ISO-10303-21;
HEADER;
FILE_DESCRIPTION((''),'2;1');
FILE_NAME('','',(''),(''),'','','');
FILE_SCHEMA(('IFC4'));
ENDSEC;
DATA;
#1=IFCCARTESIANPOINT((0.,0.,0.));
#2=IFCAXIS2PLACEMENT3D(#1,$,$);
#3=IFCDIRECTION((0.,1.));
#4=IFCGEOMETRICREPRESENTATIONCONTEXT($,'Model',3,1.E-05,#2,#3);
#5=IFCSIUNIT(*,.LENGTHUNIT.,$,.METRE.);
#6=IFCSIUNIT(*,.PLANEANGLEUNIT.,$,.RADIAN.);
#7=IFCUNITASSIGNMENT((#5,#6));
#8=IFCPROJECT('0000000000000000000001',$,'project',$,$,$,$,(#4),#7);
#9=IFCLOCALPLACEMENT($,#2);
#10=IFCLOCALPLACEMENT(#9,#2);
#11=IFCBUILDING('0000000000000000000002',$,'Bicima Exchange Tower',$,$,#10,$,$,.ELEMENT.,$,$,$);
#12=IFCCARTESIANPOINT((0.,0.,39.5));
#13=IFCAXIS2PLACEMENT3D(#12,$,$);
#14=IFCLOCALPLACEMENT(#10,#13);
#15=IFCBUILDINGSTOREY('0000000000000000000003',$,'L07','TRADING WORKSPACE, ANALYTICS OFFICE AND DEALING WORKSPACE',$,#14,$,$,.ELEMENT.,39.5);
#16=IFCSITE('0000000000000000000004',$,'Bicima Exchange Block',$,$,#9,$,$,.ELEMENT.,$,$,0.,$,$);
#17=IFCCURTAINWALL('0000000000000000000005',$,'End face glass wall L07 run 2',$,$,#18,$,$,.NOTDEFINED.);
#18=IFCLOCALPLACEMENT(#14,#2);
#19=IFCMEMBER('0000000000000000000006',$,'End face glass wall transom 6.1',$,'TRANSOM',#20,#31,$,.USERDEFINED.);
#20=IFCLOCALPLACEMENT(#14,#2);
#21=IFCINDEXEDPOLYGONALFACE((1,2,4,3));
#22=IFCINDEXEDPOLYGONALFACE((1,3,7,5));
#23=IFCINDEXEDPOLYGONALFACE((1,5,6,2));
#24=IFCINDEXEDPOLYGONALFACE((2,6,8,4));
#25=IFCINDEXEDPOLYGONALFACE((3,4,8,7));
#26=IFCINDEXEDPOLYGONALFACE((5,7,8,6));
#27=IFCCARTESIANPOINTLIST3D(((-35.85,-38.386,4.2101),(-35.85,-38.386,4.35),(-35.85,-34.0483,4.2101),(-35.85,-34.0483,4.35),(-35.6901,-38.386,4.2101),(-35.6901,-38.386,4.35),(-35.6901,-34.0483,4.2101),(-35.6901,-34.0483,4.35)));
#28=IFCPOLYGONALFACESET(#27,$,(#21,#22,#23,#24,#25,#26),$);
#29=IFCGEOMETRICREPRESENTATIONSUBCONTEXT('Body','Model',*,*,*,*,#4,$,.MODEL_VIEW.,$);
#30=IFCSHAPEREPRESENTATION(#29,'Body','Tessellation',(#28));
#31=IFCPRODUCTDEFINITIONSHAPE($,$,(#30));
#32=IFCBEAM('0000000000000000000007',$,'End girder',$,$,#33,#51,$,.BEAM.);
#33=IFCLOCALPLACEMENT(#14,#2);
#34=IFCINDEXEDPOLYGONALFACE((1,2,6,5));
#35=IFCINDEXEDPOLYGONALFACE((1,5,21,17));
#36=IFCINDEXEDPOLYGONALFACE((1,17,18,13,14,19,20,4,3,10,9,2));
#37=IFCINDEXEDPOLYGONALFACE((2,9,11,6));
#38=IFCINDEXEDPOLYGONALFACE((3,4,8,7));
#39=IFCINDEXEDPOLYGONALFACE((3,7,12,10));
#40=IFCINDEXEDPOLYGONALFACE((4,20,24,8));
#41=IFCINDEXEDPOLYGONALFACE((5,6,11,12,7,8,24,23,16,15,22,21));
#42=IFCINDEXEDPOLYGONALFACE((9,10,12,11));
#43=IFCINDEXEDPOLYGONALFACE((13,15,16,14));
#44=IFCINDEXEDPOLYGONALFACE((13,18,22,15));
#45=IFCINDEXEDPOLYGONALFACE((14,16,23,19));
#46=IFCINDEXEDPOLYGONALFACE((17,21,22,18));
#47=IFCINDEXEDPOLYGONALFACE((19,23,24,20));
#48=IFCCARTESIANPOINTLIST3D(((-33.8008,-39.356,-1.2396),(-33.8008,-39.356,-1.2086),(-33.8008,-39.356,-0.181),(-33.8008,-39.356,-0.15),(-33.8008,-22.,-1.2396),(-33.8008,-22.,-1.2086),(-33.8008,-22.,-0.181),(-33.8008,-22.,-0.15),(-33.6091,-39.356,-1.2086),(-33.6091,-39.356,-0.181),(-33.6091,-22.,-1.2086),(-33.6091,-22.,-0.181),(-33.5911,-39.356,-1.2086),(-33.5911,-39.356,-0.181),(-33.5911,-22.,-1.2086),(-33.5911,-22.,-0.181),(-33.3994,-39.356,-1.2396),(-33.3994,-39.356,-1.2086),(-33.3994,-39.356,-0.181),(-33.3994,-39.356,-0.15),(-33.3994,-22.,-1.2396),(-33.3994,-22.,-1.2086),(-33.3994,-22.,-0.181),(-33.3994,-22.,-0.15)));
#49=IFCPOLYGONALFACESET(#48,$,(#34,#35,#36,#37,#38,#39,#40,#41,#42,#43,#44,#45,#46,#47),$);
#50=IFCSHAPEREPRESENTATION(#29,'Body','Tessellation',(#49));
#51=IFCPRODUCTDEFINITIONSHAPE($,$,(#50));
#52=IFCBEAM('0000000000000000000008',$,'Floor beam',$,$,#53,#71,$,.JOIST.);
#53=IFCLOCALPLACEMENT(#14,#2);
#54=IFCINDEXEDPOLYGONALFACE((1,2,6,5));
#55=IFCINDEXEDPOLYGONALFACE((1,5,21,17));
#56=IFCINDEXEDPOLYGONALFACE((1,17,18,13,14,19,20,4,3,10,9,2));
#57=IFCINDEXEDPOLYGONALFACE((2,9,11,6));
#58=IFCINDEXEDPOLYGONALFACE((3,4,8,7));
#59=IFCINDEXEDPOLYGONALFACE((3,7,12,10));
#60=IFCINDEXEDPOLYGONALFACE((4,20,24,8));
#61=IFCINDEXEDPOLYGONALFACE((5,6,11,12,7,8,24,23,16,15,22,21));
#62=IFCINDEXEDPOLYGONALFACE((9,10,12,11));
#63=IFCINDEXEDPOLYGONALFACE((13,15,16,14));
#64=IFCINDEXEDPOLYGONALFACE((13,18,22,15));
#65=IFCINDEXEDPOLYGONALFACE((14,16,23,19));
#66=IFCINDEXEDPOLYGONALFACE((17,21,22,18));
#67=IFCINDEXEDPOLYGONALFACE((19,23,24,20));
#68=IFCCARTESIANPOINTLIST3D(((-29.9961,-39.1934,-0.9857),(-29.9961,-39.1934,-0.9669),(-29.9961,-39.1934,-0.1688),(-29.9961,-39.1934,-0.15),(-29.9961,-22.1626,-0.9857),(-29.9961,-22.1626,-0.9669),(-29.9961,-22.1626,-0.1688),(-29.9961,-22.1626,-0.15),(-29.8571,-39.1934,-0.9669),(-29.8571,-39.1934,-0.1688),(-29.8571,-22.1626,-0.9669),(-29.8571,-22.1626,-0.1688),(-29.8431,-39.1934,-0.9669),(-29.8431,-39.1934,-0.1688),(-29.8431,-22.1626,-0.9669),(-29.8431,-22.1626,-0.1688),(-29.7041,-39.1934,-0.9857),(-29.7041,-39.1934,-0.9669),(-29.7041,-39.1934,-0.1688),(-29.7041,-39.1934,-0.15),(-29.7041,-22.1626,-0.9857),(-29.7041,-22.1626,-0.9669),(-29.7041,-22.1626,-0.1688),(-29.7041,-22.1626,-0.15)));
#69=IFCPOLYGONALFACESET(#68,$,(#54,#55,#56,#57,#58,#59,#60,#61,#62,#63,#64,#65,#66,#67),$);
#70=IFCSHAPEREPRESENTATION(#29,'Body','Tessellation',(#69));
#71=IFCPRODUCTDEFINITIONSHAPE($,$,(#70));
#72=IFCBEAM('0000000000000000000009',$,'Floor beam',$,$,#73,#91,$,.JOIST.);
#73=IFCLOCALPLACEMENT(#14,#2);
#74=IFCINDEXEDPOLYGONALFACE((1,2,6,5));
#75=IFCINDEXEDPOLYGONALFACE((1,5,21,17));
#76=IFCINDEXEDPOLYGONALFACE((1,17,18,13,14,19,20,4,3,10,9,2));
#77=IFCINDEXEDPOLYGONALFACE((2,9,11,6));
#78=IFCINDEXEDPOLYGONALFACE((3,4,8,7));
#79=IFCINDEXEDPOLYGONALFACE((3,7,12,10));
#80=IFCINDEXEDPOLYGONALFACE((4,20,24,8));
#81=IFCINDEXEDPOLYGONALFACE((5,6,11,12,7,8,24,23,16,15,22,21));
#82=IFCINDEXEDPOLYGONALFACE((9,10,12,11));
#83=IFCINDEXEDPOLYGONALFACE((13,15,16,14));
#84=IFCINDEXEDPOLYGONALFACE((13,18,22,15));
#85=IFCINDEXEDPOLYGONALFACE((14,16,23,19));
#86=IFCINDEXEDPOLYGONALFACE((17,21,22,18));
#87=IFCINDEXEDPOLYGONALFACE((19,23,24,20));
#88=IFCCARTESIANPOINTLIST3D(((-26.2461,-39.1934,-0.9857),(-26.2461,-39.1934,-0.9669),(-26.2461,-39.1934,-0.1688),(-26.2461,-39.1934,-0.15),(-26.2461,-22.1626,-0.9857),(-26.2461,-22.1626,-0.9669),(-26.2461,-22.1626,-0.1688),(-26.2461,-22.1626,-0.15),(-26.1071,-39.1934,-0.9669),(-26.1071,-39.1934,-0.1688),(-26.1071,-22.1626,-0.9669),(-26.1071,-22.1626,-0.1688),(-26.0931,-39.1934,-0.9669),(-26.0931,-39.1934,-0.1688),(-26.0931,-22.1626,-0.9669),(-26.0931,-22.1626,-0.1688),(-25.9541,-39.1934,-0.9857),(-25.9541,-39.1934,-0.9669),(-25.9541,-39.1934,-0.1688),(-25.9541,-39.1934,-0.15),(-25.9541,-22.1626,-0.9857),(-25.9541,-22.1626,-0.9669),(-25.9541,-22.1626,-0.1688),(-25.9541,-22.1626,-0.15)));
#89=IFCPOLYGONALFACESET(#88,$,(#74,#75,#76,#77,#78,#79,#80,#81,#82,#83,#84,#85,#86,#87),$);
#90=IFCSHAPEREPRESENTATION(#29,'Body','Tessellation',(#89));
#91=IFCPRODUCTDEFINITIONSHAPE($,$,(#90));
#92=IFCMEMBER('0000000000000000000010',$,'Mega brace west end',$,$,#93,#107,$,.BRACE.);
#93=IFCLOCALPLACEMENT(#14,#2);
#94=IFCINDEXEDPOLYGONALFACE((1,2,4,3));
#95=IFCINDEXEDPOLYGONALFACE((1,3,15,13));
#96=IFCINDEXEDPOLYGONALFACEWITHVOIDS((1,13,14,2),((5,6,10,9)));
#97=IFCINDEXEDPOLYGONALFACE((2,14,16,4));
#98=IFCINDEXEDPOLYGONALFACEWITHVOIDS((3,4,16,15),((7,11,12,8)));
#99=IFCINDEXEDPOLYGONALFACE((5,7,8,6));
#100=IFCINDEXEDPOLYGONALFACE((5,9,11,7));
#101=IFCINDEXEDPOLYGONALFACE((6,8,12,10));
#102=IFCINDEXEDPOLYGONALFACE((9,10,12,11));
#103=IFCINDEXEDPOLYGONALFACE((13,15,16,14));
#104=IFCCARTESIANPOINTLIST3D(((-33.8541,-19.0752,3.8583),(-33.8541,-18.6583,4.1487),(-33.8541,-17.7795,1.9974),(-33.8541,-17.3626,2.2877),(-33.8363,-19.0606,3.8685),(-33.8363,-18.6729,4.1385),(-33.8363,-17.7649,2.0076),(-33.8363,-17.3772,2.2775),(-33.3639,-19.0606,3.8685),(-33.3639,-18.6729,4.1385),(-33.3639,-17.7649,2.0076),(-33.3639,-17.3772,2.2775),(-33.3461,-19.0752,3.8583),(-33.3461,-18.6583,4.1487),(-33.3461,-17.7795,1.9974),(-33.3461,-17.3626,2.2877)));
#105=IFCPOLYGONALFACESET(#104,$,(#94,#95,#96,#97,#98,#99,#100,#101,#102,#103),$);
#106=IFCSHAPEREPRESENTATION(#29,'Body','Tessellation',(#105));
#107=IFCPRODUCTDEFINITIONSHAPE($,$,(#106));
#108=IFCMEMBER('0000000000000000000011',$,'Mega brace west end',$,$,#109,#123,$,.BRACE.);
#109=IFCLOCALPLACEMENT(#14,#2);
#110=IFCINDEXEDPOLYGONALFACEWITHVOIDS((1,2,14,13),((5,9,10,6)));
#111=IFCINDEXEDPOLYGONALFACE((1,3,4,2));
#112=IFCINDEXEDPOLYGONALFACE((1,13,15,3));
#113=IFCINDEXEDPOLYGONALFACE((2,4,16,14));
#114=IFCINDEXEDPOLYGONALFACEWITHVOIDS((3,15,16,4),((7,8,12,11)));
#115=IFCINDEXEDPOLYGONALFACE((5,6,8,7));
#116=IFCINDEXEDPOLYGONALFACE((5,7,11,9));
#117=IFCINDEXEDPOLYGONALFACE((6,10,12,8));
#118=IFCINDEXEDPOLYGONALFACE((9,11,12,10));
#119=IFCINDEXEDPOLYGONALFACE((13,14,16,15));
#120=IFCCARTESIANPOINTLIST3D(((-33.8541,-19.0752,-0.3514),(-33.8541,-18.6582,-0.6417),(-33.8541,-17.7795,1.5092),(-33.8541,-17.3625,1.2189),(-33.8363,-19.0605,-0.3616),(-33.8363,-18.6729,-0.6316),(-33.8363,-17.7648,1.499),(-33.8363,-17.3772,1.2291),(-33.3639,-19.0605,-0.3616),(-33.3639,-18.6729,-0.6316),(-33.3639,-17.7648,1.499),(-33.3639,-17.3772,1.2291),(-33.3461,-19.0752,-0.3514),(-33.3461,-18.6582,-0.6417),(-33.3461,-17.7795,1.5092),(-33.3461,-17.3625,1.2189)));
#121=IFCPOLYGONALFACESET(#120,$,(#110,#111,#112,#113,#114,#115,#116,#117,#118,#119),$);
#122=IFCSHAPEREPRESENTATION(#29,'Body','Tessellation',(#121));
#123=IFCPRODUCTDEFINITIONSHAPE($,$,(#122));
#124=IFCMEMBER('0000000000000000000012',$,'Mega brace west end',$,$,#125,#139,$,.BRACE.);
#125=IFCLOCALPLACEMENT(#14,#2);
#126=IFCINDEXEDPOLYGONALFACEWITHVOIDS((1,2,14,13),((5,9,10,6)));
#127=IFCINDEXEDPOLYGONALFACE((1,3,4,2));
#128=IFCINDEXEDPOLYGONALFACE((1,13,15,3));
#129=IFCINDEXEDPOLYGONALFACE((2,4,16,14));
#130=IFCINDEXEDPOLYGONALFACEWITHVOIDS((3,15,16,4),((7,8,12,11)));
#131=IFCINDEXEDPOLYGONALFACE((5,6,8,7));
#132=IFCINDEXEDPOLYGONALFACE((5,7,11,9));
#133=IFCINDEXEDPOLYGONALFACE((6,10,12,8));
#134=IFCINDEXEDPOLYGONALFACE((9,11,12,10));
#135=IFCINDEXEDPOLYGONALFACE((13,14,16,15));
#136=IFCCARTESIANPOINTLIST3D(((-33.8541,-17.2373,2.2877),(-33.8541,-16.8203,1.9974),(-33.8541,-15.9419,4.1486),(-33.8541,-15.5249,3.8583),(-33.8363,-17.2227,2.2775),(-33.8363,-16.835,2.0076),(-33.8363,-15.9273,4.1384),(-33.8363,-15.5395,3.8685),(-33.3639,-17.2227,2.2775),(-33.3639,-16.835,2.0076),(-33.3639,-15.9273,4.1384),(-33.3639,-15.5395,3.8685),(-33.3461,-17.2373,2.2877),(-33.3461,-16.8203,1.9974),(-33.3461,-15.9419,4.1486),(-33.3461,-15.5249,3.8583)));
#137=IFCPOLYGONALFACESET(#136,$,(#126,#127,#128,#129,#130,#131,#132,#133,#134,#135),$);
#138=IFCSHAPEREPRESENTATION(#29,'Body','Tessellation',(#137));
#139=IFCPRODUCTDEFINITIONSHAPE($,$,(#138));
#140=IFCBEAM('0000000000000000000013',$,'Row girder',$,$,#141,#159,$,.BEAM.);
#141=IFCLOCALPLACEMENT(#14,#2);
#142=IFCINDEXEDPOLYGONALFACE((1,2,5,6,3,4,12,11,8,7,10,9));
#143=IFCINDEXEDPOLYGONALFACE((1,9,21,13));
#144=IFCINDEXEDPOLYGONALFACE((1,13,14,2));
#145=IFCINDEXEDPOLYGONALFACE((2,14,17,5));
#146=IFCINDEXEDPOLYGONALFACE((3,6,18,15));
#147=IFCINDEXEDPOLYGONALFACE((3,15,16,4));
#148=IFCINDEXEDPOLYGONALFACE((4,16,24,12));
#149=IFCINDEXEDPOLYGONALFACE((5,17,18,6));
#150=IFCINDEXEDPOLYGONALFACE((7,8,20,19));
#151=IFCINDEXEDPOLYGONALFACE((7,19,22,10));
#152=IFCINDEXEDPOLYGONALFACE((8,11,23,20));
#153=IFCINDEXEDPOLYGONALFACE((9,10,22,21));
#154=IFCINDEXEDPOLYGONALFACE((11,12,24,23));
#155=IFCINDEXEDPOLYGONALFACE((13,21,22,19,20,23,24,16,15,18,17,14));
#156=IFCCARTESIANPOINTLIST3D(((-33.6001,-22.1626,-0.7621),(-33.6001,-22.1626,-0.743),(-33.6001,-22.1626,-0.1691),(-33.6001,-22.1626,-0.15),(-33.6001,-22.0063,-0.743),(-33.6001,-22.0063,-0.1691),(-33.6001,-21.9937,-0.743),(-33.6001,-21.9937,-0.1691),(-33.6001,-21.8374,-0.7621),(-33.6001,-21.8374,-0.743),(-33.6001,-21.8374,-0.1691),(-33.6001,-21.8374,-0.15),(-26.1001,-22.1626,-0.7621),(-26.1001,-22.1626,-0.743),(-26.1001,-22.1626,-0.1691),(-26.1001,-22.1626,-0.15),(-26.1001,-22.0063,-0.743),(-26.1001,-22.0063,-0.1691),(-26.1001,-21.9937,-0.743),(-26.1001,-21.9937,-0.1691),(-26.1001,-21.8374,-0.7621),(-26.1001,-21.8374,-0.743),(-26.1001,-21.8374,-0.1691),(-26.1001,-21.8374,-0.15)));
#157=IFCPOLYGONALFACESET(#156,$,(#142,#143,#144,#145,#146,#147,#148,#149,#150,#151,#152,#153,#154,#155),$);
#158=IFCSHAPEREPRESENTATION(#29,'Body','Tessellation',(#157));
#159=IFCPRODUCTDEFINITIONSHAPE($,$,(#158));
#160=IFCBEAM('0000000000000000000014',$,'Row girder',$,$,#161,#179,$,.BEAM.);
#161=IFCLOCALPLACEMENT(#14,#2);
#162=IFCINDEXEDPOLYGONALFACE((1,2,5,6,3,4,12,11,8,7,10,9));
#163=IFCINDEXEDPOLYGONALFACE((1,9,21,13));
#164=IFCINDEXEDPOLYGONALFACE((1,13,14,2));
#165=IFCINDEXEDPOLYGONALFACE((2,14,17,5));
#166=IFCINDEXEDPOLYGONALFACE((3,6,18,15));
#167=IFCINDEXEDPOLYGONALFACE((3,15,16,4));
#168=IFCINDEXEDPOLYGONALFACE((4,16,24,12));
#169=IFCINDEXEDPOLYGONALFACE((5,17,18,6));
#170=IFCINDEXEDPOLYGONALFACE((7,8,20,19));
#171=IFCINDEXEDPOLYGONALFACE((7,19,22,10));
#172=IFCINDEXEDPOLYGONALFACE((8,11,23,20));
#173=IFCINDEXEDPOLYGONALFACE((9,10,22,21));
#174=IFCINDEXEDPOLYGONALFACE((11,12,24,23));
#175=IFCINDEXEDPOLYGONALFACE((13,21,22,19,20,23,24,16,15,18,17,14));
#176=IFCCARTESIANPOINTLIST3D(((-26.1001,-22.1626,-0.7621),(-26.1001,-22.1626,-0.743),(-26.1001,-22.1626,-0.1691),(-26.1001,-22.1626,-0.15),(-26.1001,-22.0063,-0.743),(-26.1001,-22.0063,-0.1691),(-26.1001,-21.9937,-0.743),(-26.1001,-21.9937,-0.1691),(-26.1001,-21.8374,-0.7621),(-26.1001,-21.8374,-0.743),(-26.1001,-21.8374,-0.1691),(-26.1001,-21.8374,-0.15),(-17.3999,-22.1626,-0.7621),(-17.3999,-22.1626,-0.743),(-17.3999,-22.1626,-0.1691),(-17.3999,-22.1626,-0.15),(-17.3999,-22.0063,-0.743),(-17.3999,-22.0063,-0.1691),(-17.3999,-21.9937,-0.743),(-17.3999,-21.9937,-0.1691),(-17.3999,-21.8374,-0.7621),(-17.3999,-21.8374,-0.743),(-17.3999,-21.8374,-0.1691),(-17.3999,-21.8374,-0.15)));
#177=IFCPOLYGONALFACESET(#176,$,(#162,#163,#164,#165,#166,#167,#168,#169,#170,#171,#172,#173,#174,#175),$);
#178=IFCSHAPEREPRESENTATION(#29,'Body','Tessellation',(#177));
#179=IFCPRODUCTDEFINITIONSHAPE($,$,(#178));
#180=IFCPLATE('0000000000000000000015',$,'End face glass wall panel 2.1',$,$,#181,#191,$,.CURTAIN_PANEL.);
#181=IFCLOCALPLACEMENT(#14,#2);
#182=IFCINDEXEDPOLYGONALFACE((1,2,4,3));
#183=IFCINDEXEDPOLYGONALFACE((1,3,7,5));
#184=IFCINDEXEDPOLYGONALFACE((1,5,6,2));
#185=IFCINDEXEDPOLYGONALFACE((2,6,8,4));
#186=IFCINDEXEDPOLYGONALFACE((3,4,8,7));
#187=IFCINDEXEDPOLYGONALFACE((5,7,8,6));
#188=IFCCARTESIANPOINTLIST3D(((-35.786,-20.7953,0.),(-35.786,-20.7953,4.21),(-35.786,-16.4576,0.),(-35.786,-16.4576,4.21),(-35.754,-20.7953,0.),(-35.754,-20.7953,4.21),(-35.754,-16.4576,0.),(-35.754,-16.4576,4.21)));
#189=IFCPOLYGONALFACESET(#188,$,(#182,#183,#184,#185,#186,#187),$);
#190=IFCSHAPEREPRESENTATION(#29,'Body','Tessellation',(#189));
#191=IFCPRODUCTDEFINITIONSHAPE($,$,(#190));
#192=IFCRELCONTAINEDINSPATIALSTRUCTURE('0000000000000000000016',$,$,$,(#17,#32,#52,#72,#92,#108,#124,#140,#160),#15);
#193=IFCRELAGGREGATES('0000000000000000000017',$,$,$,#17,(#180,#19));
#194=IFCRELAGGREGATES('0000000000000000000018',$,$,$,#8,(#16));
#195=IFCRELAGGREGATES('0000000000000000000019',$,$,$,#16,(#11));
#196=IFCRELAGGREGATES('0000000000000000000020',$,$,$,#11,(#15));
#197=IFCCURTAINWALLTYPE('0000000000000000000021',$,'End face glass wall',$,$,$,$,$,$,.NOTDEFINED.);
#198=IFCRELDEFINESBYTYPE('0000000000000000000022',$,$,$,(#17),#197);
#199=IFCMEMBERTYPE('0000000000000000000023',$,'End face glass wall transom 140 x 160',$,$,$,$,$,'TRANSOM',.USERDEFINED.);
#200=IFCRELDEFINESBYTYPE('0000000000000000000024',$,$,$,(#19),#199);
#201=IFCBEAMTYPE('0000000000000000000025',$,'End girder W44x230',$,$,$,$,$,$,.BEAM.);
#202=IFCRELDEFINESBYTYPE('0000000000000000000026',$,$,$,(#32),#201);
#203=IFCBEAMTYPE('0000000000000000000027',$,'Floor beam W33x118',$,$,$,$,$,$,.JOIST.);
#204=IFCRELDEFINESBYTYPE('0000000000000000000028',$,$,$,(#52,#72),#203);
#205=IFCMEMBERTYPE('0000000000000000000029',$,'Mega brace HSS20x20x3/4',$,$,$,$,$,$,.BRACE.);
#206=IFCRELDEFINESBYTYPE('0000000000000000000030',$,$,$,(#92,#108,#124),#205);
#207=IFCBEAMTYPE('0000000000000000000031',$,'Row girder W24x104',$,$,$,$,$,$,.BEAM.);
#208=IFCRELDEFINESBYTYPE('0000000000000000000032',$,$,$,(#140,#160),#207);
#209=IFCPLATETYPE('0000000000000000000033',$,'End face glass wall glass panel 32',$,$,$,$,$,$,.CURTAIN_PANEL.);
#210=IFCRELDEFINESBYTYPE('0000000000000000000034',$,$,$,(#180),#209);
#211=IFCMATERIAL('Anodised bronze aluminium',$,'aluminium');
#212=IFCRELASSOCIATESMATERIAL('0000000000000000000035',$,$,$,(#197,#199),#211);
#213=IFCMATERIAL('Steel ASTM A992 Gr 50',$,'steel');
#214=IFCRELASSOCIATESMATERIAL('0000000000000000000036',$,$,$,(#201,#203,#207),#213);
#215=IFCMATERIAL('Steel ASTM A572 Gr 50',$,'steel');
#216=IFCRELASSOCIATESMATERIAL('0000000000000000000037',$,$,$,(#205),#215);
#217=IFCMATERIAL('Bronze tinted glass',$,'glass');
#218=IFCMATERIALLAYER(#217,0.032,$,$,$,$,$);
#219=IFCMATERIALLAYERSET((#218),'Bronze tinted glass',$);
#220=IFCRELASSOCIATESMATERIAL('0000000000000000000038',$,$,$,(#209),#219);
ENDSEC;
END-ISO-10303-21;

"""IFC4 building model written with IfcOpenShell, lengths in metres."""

from ifc_helpers import new_model, si_unit, direction, frame, origin, origin_2d, place, context, subcontext, project, spatial, rectangle, hollow_rectangle, i_section, extrude, material, layer, layer_set, material_profile, profile_set, type_object, element, aggregate, save


model = new_model("IFC4")

# Units and contexts
model_context = context("Model", 3, precision=1e-05, world=origin(), true_north=direction((0.0, 1.0)))
body_context = subcontext(model_context, "Body", "Model", "MODEL_VIEW")
ifc_project = project(units=[si_unit("LENGTHUNIT", "METRE"), si_unit("PLANEANGLEUNIT", "RADIAN")], contexts=[model_context])

# Site, building, storey
site_placement = place(None, origin())
site = spatial("IfcSite", under=ifc_project, at=site_placement, Name="Bicima Exchange Block", CompositionType="ELEMENT", RefElevation=0.0)
building_placement = place(site_placement, origin())
building = spatial("IfcBuilding", under=site, at=building_placement, Name="Bicima Exchange Tower", CompositionType="ELEMENT")
storey_placement = place(building_placement, frame((0.0, 0.0, 39.5)))
storey = spatial("IfcBuildingStorey", under=building, at=storey_placement, Name="L07", Description="TRADING WORKSPACE, ANALYTICS OFFICE AND DEALING WORKSPACE", CompositionType="ELEMENT", Elevation=39.5)

# Shared definitions
ifc_material_1 = material(Name="Steel ASTM A992 Gr 50", Category="steel")

# Shared definitions
ifc_material_2 = material(Name="Steel ASTM A572 Gr 50", Category="steel")

# Curtain wall, member
ifc_material_3 = material(Name="Anodised bronze aluminium", Category="aluminium")
curtain_wall_type = type_object("IfcCurtainWallType", Name="End face glass wall", PredefinedType="NOTDEFINED", material=ifc_material_3)
curtain_wall_placement = place(storey_placement, origin())
curtain_wall = element("IfcCurtainWall", 1, at=curtain_wall_placement, inside=storey, type_object=curtain_wall_type, Name="End face glass wall L07 run 2", PredefinedType="NOTDEFINED")
ifc_material_profile_1 = material_profile(ifc_material_3, rectangle(XDim=0.1599, YDim=0.1399, at=origin_2d()))
ifc_profile_set_1 = profile_set([ifc_material_profile_1], Name="Anodised bronze aluminium")
member_type_1 = type_object("IfcMemberType", Name="End face glass wall transom 140 x 160", ElementType="TRANSOM", PredefinedType="USERDEFINED", material=ifc_profile_set_1)
member_1_placement = place(storey_placement, frame((-35.77, -34.0483, 4.28), z_axis=(0.0, -1.0, 0.0), x_axis=(1.0, 0.0, 0.0)))
member_1 = element("IfcMember", 2, at=member_1_placement, type_object=member_type_1, Name="End face glass wall transom 6.1", ObjectType="TRANSOM", PredefinedType="USERDEFINED", context=body_context, shape_type="SweptSolid", body=[
    extrude(rectangle(XDim=0.1599, YDim=0.1399, at=origin_2d()), origin(), (0.0, 0.0, 1.0), 4.3376),
])

# Beams
ifc_material_profile_2 = material_profile(ifc_material_1, i_section(OverallWidth=0.4014, OverallDepth=1.0896, WebThickness=0.0181, FlangeThickness=0.031, at=origin_2d()))
ifc_profile_set_2 = profile_set([ifc_material_profile_2], Name="Steel ASTM A992 Gr 50")
beam_type_1 = type_object("IfcBeamType", Name="End girder W44x230", PredefinedType="BEAM", material=ifc_profile_set_2)
beam_1_placement = place(storey_placement, frame((-33.6001, -22.0, -0.6948), z_axis=(0.0, -1.0, 0.0), x_axis=(1.0, 0.0, 0.0)))
element("IfcBeam", 3, at=beam_1_placement, inside=storey, type_object=beam_type_1, Name="End girder", PredefinedType="BEAM", context=body_context, shape_type="SweptSolid", body=[
    extrude(i_section(OverallWidth=0.4014, OverallDepth=1.0896, WebThickness=0.0181, FlangeThickness=0.031, at=origin_2d()), origin(), (0.0, 0.0, 1.0), 17.356),
])
ifc_material_profile_3 = material_profile(ifc_material_1, i_section(OverallWidth=0.292, OverallDepth=0.8357, WebThickness=0.0139, FlangeThickness=0.0188, at=origin_2d()))
ifc_profile_set_3 = profile_set([ifc_material_profile_3], Name="Steel ASTM A992 Gr 50")
beam_type_2 = type_object("IfcBeamType", Name="Floor beam W33x118", PredefinedType="JOIST", material=ifc_profile_set_3)
for number, where, z_axis, x_axis, name in (
    (4, (-29.8501, -22.1626, -0.5679), (0.0, -1.0, 0.0), (1.0, 0.0, 0.0), "Floor beam"),
    (5, (-26.1001, -22.1626, -0.5679), (0.0, -1.0, 0.0), (1.0, 0.0, 0.0), "Floor beam"),
):
    element("IfcBeam", number, at=place(storey_placement, frame(where, z_axis=z_axis, x_axis=x_axis)), inside=storey, type_object=beam_type_2, Name=name, PredefinedType="JOIST", context=body_context, shape_type="SweptSolid", body=[
        extrude(i_section(OverallWidth=0.292, OverallDepth=0.8357, WebThickness=0.0139, FlangeThickness=0.0188, at=origin_2d()), origin(), (0.0, 0.0, 1.0), 17.0308),
    ])

# Members
ifc_material_profile_4 = material_profile(ifc_material_2, hollow_rectangle(XDim=0.5081, YDim=0.5081, WallThickness=0.0178, at=origin_2d()))
ifc_profile_set_4 = profile_set([ifc_material_profile_4], Name="Steel ASTM A572 Gr 50")
member_type_2 = type_object("IfcMemberType", Name="Mega brace HSS20x20x3/4", PredefinedType="BRACE", material=ifc_profile_set_4)
member_2_placement = place(storey_placement, frame((-33.6001, -17.571, 2.1426), z_axis=(0.0, -0.571408, 0.820666), x_axis=(1.0, 0.0, 0.0)))
element("IfcMember", 6, at=member_2_placement, inside=storey, type_object=member_type_2, Name="Mega brace west end", PredefinedType="BRACE", context=body_context, shape_type="SweptSolid", body=[
    extrude(hollow_rectangle(XDim=0.5081, YDim=0.5081, WallThickness=0.0178, at=origin_2d()), origin(), (0.0, 0.0, 1.0), 2.2676),
])
for number, where, z_axis, x_axis, name in (
    (7, (-33.6001, -18.8667, -0.4966), (0.0, 0.571459, 0.820631), (-1.0, 0.0, 0.0), "Mega brace west end"),
    (8, (-33.6001, -17.0288, 2.1426), (0.0, 0.571336, 0.820716), (-1.0, 0.0, 0.0), "Mega brace west end"),
):
    element("IfcMember", number, at=place(storey_placement, frame(where, z_axis=z_axis, x_axis=x_axis)), inside=storey, type_object=member_type_2, Name=name, PredefinedType="BRACE", context=body_context, shape_type="SweptSolid", body=[
        extrude(hollow_rectangle(XDim=0.5081, YDim=0.5081, WallThickness=0.0178, at=origin_2d()), origin(), (0.0, 0.0, 1.0), 2.2673),
    ])

# Beams
ifc_material_profile_5 = material_profile(ifc_material_1, i_section(OverallWidth=0.3252, OverallDepth=0.6121, WebThickness=0.0127, FlangeThickness=0.019, at=origin_2d()))
ifc_profile_set_5 = profile_set([ifc_material_profile_5], Name="Steel ASTM A992 Gr 50")
beam_type_3 = type_object("IfcBeamType", Name="Row girder W24x104", PredefinedType="BEAM", material=ifc_profile_set_5)
beam_2_placement = place(storey_placement, frame((-33.6001, -22.0, -0.4561), z_axis=(1.0, 0.0, 0.0), x_axis=(0.0, 1.0, 0.0)))
element("IfcBeam", 9, at=beam_2_placement, inside=storey, type_object=beam_type_3, Name="Row girder", PredefinedType="BEAM", context=body_context, shape_type="SweptSolid", body=[
    extrude(i_section(OverallWidth=0.3252, OverallDepth=0.6121, WebThickness=0.0127, FlangeThickness=0.019, at=origin_2d()), origin(), (0.0, 0.0, 1.0), 7.5),
])
beam_3_placement = place(storey_placement, frame((-26.1001, -22.0, -0.4561), z_axis=(1.0, 0.0, 0.0), x_axis=(0.0, 1.0, 0.0)))
element("IfcBeam", 10, at=beam_3_placement, inside=storey, type_object=beam_type_3, Name="Row girder", PredefinedType="BEAM", context=body_context, shape_type="SweptSolid", body=[
    extrude(i_section(OverallWidth=0.3252, OverallDepth=0.6121, WebThickness=0.0127, FlangeThickness=0.019, at=origin_2d()), origin(), (0.0, 0.0, 1.0), 8.7002),
])

# Plate
ifc_material_4 = material(Name="Bronze tinted glass", Category="glass")
ifc_layer_1 = layer(ifc_material_4, 0.032)
ifc_layer_set_1 = layer_set([ifc_layer_1], Name="Bronze tinted glass")
plate_type_1 = type_object("IfcPlateType", Name="End face glass wall glass panel 32", PredefinedType="CURTAIN_PANEL", material=ifc_layer_set_1)
plate_1_placement = place(storey_placement, frame((-35.77, -18.6265, 0.0), z_axis=(0.0, 0.0, 1.0), x_axis=(0.0, -1.0, 0.0)))
plate_1 = element("IfcPlate", 11, at=plate_1_placement, type_object=plate_type_1, Name="End face glass wall panel 2.1", PredefinedType="CURTAIN_PANEL", context=body_context, shape_type="SweptSolid", body=[
    extrude(rectangle(XDim=4.3376, YDim=0.032, at=origin_2d()), origin(), (0.0, 0.0, 1.0), 4.21),
])
aggregate(curtain_wall, [plate_1, member_1])

save(model, "model.ifc")
